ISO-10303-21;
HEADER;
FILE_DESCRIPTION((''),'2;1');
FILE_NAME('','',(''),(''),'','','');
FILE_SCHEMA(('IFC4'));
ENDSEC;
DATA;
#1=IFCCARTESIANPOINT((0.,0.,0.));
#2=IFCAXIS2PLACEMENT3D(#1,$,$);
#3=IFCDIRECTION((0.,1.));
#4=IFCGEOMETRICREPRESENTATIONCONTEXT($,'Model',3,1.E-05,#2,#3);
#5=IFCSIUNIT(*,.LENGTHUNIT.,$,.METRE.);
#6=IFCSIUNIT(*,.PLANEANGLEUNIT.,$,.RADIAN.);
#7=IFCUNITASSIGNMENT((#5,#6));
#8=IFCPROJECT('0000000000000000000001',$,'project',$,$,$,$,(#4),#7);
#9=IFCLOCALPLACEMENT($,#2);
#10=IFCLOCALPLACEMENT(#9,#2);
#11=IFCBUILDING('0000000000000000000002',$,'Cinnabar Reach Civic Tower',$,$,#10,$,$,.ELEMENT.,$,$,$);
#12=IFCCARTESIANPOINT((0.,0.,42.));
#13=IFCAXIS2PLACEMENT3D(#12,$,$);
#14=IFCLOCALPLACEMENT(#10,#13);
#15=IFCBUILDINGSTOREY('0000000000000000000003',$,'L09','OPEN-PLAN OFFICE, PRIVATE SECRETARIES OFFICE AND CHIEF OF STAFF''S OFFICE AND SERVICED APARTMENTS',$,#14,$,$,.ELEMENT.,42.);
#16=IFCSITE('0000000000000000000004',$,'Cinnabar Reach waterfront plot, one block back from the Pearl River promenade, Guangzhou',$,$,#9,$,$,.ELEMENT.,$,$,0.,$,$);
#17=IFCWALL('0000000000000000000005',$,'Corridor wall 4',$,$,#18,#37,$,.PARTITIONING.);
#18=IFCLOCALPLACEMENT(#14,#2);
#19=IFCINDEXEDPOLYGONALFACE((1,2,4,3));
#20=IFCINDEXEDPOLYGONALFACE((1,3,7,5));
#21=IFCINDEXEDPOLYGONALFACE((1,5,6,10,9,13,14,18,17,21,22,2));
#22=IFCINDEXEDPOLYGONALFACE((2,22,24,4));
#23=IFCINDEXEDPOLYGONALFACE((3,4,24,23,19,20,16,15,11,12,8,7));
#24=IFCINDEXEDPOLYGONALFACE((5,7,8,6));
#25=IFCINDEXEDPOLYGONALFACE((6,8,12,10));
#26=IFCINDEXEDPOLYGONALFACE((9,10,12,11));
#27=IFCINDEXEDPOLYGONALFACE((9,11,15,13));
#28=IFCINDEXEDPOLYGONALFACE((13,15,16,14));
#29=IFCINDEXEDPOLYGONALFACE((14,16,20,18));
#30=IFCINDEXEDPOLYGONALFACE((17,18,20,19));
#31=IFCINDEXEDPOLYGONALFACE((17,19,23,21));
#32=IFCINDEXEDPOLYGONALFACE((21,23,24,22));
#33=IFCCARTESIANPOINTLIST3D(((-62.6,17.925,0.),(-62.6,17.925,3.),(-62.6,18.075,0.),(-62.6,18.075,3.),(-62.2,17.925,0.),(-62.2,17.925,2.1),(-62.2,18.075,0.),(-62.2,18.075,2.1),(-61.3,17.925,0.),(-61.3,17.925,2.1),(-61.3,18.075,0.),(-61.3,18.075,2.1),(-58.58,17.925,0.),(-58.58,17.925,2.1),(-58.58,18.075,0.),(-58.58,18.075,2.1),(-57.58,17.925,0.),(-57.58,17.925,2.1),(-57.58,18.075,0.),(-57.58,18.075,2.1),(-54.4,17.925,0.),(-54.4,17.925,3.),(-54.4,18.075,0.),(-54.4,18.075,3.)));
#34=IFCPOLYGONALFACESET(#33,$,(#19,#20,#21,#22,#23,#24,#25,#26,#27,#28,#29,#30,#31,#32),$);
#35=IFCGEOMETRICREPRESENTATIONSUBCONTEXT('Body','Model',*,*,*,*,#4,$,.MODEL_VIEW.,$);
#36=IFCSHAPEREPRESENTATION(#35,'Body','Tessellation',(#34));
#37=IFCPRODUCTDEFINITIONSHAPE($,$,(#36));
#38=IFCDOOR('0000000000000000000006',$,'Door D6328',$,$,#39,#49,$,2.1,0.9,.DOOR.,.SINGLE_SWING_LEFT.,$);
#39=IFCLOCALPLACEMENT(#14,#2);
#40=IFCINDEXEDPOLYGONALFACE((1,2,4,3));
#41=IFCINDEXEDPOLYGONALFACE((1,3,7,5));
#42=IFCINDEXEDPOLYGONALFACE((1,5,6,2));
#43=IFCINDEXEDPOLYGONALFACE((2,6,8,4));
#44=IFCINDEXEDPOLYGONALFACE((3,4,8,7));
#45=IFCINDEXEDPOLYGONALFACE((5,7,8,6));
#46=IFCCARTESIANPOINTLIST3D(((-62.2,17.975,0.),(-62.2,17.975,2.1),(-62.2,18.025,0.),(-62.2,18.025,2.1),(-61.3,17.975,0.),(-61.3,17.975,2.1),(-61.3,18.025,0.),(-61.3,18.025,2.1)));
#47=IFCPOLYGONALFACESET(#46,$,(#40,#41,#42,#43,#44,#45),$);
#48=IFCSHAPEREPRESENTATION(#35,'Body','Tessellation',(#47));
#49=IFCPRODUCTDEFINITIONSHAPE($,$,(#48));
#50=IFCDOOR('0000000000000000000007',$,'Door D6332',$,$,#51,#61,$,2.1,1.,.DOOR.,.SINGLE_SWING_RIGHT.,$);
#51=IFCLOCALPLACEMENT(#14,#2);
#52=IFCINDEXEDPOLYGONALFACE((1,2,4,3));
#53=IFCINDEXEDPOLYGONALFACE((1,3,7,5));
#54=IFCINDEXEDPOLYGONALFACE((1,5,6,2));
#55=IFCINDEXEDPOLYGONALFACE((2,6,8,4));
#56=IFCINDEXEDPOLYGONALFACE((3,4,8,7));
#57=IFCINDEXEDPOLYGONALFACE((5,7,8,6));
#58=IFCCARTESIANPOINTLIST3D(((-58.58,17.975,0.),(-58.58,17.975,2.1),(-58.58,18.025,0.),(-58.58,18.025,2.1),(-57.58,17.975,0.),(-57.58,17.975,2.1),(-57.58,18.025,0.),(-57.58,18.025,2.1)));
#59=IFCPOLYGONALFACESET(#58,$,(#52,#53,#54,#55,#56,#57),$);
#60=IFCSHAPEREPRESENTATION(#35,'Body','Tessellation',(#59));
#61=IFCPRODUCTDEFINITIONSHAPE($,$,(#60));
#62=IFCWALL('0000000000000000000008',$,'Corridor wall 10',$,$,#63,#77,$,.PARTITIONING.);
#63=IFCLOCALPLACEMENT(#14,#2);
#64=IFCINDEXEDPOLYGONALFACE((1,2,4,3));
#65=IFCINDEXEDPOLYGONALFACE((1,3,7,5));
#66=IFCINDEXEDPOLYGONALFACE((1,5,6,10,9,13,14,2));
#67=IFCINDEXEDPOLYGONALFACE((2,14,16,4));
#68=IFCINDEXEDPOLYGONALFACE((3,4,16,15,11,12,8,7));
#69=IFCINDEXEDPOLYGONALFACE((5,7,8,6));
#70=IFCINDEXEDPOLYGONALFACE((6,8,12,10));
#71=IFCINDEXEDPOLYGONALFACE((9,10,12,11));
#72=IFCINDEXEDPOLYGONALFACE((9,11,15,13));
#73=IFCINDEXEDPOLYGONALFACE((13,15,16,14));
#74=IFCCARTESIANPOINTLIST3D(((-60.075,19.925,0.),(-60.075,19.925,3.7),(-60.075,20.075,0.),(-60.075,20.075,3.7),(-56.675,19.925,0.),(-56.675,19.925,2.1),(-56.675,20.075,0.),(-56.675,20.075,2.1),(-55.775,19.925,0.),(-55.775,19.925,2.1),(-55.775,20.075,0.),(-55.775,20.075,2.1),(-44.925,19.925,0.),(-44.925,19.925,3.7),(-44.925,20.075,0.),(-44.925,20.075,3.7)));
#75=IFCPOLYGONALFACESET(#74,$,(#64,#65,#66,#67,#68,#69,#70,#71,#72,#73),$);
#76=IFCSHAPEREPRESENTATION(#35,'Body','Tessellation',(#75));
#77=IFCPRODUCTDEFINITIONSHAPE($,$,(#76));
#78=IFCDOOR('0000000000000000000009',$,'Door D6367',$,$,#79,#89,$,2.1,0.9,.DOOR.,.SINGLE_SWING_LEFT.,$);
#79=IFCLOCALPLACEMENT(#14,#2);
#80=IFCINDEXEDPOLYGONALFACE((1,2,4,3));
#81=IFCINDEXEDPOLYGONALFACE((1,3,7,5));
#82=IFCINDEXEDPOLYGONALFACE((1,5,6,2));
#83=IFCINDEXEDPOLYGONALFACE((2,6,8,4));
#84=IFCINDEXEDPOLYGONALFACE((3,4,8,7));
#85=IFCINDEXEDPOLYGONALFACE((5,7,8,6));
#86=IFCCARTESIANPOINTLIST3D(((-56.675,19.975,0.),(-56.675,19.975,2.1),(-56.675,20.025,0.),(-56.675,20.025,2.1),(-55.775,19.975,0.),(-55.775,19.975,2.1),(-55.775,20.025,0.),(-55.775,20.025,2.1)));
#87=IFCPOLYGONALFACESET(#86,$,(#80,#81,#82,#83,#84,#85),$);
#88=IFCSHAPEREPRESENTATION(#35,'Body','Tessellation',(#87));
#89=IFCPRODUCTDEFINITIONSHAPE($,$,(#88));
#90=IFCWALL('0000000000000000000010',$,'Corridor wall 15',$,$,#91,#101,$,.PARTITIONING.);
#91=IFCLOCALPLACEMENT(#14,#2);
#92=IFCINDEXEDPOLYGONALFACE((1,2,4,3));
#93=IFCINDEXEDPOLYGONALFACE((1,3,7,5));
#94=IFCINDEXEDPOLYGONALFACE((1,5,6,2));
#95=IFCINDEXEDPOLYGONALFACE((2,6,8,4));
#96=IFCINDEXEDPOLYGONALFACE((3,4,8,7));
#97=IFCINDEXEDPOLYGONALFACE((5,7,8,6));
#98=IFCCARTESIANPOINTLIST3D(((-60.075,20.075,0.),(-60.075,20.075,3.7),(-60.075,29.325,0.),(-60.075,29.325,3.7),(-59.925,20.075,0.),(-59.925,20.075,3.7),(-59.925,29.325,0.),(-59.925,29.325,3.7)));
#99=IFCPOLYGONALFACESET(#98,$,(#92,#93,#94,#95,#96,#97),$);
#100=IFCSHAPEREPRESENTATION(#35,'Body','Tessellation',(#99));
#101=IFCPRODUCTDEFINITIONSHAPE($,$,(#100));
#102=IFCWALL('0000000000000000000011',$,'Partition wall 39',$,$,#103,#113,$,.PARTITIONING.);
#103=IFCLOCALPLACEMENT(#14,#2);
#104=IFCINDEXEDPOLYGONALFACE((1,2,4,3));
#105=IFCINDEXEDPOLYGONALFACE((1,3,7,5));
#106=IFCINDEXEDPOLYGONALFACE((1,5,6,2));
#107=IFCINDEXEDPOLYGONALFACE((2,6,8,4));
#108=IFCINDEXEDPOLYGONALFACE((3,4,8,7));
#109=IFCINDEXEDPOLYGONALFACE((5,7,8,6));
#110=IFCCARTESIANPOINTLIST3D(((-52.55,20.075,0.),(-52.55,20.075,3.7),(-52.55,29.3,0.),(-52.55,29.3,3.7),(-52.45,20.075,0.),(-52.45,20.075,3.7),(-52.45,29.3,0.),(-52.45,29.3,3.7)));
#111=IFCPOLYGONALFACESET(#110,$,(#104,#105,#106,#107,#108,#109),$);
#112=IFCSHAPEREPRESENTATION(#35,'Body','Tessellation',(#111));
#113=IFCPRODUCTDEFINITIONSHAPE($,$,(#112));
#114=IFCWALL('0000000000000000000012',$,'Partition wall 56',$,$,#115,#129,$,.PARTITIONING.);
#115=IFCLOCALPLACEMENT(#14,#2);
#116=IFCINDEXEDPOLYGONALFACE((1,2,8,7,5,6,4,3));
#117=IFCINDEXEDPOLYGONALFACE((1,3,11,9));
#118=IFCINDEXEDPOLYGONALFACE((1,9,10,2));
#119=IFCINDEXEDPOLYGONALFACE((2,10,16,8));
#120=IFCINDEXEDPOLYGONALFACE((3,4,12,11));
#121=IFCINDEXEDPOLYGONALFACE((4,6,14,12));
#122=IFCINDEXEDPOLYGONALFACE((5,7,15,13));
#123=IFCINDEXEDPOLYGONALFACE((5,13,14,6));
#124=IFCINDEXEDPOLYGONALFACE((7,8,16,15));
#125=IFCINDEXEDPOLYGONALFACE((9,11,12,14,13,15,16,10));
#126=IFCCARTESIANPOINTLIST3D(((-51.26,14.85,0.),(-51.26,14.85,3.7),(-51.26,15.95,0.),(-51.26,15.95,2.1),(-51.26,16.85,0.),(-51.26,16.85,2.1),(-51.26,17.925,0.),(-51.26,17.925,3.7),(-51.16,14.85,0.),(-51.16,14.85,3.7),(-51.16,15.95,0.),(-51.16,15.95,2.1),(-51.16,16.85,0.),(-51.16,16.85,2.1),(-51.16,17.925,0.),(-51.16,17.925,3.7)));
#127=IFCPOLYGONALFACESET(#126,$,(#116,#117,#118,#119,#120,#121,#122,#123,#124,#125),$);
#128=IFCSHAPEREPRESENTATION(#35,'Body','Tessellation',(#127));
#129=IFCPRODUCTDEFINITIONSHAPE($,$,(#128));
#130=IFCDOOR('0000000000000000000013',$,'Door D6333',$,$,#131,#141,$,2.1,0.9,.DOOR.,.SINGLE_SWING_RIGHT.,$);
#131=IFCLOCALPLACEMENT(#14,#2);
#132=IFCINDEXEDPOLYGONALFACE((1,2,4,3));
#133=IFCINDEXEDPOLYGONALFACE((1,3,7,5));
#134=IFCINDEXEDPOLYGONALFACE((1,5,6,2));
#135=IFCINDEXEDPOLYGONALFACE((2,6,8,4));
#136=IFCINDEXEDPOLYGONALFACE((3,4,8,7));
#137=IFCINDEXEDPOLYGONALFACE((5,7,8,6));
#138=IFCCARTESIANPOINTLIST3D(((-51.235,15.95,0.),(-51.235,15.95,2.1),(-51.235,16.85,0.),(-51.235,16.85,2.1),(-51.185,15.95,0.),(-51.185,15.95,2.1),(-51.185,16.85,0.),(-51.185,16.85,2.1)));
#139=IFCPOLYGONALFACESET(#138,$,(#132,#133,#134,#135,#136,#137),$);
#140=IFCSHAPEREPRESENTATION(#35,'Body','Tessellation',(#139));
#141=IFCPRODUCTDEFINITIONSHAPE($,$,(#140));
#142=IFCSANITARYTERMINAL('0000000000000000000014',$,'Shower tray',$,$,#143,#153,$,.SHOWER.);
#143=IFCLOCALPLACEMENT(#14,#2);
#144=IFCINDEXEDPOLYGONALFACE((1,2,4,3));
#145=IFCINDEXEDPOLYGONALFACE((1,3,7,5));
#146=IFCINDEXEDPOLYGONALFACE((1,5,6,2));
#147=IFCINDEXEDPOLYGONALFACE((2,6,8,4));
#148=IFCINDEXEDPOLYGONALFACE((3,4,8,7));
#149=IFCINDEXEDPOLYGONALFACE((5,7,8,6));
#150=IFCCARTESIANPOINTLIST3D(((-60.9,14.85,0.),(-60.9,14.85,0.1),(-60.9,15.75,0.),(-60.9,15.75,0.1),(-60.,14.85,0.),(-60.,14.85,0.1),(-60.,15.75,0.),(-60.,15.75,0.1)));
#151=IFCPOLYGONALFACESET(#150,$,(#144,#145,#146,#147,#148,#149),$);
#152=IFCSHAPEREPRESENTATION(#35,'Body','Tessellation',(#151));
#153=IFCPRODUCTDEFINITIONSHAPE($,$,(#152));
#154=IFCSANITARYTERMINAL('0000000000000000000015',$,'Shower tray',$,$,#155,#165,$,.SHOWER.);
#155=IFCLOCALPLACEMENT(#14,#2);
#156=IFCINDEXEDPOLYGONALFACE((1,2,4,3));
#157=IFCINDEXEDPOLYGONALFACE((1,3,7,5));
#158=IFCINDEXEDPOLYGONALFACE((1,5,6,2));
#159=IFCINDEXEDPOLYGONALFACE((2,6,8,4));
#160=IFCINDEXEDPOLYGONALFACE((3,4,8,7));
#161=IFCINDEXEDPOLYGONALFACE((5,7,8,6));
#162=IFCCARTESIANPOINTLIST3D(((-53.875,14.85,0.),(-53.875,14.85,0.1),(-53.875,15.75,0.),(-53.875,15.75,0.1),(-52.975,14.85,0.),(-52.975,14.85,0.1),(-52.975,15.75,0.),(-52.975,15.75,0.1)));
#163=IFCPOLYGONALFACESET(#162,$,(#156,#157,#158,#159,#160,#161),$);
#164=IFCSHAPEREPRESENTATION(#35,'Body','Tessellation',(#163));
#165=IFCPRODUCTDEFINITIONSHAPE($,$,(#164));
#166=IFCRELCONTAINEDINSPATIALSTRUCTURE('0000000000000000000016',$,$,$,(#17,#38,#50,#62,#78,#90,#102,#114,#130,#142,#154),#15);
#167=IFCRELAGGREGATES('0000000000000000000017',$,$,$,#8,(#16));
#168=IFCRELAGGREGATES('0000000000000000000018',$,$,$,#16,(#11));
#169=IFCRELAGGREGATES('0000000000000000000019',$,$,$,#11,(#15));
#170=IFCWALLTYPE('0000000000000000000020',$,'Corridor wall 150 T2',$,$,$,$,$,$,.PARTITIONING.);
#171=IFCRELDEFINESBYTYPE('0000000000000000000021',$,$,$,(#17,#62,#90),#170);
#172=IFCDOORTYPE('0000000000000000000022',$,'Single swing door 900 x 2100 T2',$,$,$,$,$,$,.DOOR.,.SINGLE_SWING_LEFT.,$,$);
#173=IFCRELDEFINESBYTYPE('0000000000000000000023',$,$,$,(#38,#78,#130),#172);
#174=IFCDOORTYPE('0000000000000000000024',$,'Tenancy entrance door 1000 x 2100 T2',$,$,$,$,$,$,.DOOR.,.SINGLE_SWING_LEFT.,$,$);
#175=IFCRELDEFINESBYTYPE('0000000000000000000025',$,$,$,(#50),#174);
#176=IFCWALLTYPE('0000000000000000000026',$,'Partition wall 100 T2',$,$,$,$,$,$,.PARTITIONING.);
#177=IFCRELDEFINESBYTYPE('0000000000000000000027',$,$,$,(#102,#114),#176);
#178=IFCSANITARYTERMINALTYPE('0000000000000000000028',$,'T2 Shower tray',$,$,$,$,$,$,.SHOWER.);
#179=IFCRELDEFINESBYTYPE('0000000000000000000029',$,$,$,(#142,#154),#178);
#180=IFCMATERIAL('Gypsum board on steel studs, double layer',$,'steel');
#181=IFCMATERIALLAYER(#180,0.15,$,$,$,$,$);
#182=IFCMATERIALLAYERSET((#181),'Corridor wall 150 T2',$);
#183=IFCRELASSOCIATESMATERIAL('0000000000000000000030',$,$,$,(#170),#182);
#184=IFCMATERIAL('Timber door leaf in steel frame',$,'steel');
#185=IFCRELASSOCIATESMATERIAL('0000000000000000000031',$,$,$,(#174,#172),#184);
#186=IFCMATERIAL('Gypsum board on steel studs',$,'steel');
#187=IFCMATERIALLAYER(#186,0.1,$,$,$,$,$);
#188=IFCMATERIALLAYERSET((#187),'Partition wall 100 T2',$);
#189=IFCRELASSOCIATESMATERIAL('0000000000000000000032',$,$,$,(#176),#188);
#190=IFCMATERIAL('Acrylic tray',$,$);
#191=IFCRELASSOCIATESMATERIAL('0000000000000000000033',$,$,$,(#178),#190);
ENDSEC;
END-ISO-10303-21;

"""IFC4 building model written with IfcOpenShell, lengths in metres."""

from ifc_helpers import new_model, si_unit, direction, frame, frame_2d, origin, origin_2d, place, context, subcontext, project, spatial, rectangle, extrude, material, layer, layer_set, type_object, element, fill, save


model = new_model("IFC4")

# Units and contexts
model_context = context("Model", 3, precision=1e-05, world=origin(), true_north=direction((0.0, 1.0)))
body_context = subcontext(model_context, "Body", "Model", "MODEL_VIEW")
ifc_project = project(units=[si_unit("LENGTHUNIT", "METRE"), si_unit("PLANEANGLEUNIT", "RADIAN")], contexts=[model_context])

# Site, building, storey
site_placement = place(None, origin())
site = spatial("IfcSite", under=ifc_project, at=site_placement, Name="Cinnabar Reach waterfront plot, one block back from the Pearl River promenade, Guangzhou", CompositionType="ELEMENT", RefElevation=0.0)
building_placement = place(site_placement, origin())
building = spatial("IfcBuilding", under=site, at=building_placement, Name="Cinnabar Reach Civic Tower", CompositionType="ELEMENT")
storey_placement = place(building_placement, frame((0.0, 0.0, 42.0)))
storey = spatial("IfcBuildingStorey", under=building, at=storey_placement, Name="L09", Description="OPEN-PLAN OFFICE, PRIVATE SECRETARIES OFFICE AND CHIEF OF STAFF'S OFFICE AND SERVICED APARTMENTS", CompositionType="ELEMENT", Elevation=42.0)

# Shared definitions
ifc_material_1 = material(Name="Gypsum board on steel studs, double layer", Category="steel")
ifc_layer_1 = layer(ifc_material_1, 0.15)
ifc_layer_set_1 = layer_set([ifc_layer_1], Name="Corridor wall 150 T2")
wall_type_1 = type_object("IfcWallType", Name="Corridor wall 150 T2", PredefinedType="PARTITIONING", material=ifc_layer_set_1)
ifc_material_2 = material(Name="Timber door leaf in steel frame", Category="steel")
door_type_1 = type_object("IfcDoorType", Name="Tenancy entrance door 1000 x 2100 T2", OperationType="SINGLE_SWING_LEFT", PredefinedType="DOOR", material=ifc_material_2)

# Wall, openings, doors
wall_1_placement = place(storey_placement, frame((-62.6, 18.0, 0.0), z_axis=(0.0, 0.0, 1.0), x_axis=(1.0, 0.0, 0.0)))
wall_1 = element("IfcWall", 1, at=wall_1_placement, inside=storey, type_object=wall_type_1, Name="Corridor wall 4", PredefinedType="PARTITIONING", context=body_context, shape_type="SweptSolid", body=[
    extrude(rectangle(XDim=8.2, YDim=0.15, at=frame_2d((4.1, 0.0))), origin(), (0.0, 0.0, 1.0), 3.0),
])
opening_1_placement = place(wall_1_placement, frame((0.4, 0.0, 0.0)))
opening_1 = element("IfcOpeningElement", 2, at=opening_1_placement, cuts=wall_1, PredefinedType="OPENING", context=body_context, shape_type="SweptSolid", body=[
    extrude(rectangle(XDim=0.9, YDim=2.1, at=frame_2d((0.45, 1.05))), frame((0.0, 0.085, 0.0), z_axis=(0.0, -1.0, 0.0), x_axis=(1.0, 0.0, 0.0)), (0.0, 0.0, 1.0), 0.17),
])
opening_2_placement = place(wall_1_placement, frame((4.02, 0.0, 0.0)))
opening_2 = element("IfcOpeningElement", 3, at=opening_2_placement, cuts=wall_1, PredefinedType="OPENING", context=body_context, shape_type="SweptSolid", body=[
    extrude(rectangle(XDim=1.0, YDim=2.1, at=frame_2d((0.5, 1.05))), frame((0.0, 0.085, 0.0), z_axis=(0.0, -1.0, 0.0), x_axis=(1.0, 0.0, 0.0)), (0.0, 0.0, 1.0), 0.17),
])
door_type_2 = type_object("IfcDoorType", Name="Single swing door 900 x 2100 T2", OperationType="SINGLE_SWING_LEFT", PredefinedType="DOOR", material=ifc_material_2)
door_1_placement = place(opening_1_placement, frame((0.9, 0.0, 0.0), z_axis=(0.0, 0.0, 1.0), x_axis=(-1.0, 0.0, 0.0)))
door_1 = element("IfcDoor", 4, at=door_1_placement, inside=storey, type_object=door_type_2, Name="Door D6328", OperationType="SINGLE_SWING_LEFT", OverallHeight=2.1, OverallWidth=0.9, PredefinedType="DOOR", context=body_context, shape_type="SweptSolid", body=[
    extrude(rectangle(XDim=0.9, YDim=2.1, at=frame_2d((0.45, 1.05))), frame((0.0, 0.025, 0.0), z_axis=(0.0, -1.0, 0.0), x_axis=(1.0, 0.0, 0.0)), (0.0, 0.0, 1.0), 0.05),
])
fill(opening_1, door_1)
door_2_placement = place(opening_2_placement, frame((1.0, 0.0, 0.0), z_axis=(0.0, 0.0, 1.0), x_axis=(-1.0, 0.0, 0.0)))
door_2 = element("IfcDoor", 5, at=door_2_placement, inside=storey, type_object=door_type_1, Name="Door D6332", OperationType="SINGLE_SWING_RIGHT", OverallHeight=2.1, OverallWidth=1.0, PredefinedType="DOOR", context=body_context, shape_type="SweptSolid", body=[
    extrude(rectangle(XDim=1.0, YDim=2.1, at=frame_2d((0.5, 1.05))), frame((0.0, 0.025, 0.0), z_axis=(0.0, -1.0, 0.0), x_axis=(1.0, 0.0, 0.0)), (0.0, 0.0, 1.0), 0.05),
])
fill(opening_2, door_2)

# Wall, opening, door
wall_2_placement = place(storey_placement, frame((-60.075, 20.0, 0.0), z_axis=(0.0, 0.0, 1.0), x_axis=(1.0, 0.0, 0.0)))
wall_2 = element("IfcWall", 6, at=wall_2_placement, inside=storey, type_object=wall_type_1, Name="Corridor wall 10", PredefinedType="PARTITIONING", context=body_context, shape_type="SweptSolid", body=[
    extrude(rectangle(XDim=15.15, YDim=0.15, at=frame_2d((7.575, 0.0))), origin(), (0.0, 0.0, 1.0), 3.7),
])
opening_3_placement = place(wall_2_placement, frame((3.4, 0.0, 0.0)))
opening_3 = element("IfcOpeningElement", 7, at=opening_3_placement, cuts=wall_2, PredefinedType="OPENING", context=body_context, shape_type="SweptSolid", body=[
    extrude(rectangle(XDim=0.9, YDim=2.1, at=frame_2d((0.45, 1.05))), frame((0.0, 0.085, 0.0), z_axis=(0.0, -1.0, 0.0), x_axis=(1.0, 0.0, 0.0)), (0.0, 0.0, 1.0), 0.17),
])
door_3_placement = place(opening_3_placement, origin())
door_3 = element("IfcDoor", 8, at=door_3_placement, inside=storey, type_object=door_type_2, Name="Door D6367", OperationType="SINGLE_SWING_LEFT", OverallHeight=2.1, OverallWidth=0.9, PredefinedType="DOOR", context=body_context, shape_type="SweptSolid", body=[
    extrude(rectangle(XDim=0.9, YDim=2.1, at=frame_2d((0.45, 1.05))), frame((0.0, 0.025, 0.0), z_axis=(0.0, -1.0, 0.0), x_axis=(1.0, 0.0, 0.0)), (0.0, 0.0, 1.0), 0.05),
])
fill(opening_3, door_3)

# Walls
wall_3_placement = place(storey_placement, frame((-60.0, 20.075, 0.0), z_axis=(0.0, 0.0, 1.0), x_axis=(0.0, 1.0, 0.0)))
element("IfcWall", 9, at=wall_3_placement, inside=storey, type_object=wall_type_1, Name="Corridor wall 15", PredefinedType="PARTITIONING", context=body_context, shape_type="SweptSolid", body=[
    extrude(rectangle(XDim=9.25, YDim=0.15, at=frame_2d((4.625, 0.0))), origin(), (0.0, 0.0, 1.0), 3.7),
])
ifc_material_3 = material(Name="Gypsum board on steel studs", Category="steel")
ifc_layer_2 = layer(ifc_material_3, 0.1)
ifc_layer_set_2 = layer_set([ifc_layer_2], Name="Partition wall 100 T2")
wall_type_2 = type_object("IfcWallType", Name="Partition wall 100 T2", PredefinedType="PARTITIONING", material=ifc_layer_set_2)
wall_4_placement = place(storey_placement, frame((-52.5, 20.075, 0.0), z_axis=(0.0, 0.0, 1.0), x_axis=(0.0, 1.0, 0.0)))
element("IfcWall", 10, at=wall_4_placement, inside=storey, type_object=wall_type_2, Name="Partition wall 39", PredefinedType="PARTITIONING", context=body_context, shape_type="SweptSolid", body=[
    extrude(rectangle(XDim=9.225, YDim=0.1, at=frame_2d((4.6125, 0.0))), origin(), (0.0, 0.0, 1.0), 3.7),
])

# Wall, opening, door
wall_5_placement = place(storey_placement, frame((-51.21, 14.85, 0.0), z_axis=(0.0, 0.0, 1.0), x_axis=(0.0, 1.0, 0.0)))
wall_5 = element("IfcWall", 11, at=wall_5_placement, inside=storey, type_object=wall_type_2, Name="Partition wall 56", PredefinedType="PARTITIONING", context=body_context, shape_type="SweptSolid", body=[
    extrude(rectangle(XDim=3.075, YDim=0.1, at=frame_2d((1.5375, 0.0))), origin(), (0.0, 0.0, 1.0), 3.7),
])
opening_4_placement = place(wall_5_placement, frame((1.1, 0.0, 0.0)))
opening_4 = element("IfcOpeningElement", 12, at=opening_4_placement, cuts=wall_5, PredefinedType="OPENING", context=body_context, shape_type="SweptSolid", body=[
    extrude(rectangle(XDim=0.9, YDim=2.1, at=frame_2d((0.45, 1.05))), frame((0.0, 0.06, 0.0), z_axis=(0.0, -1.0, 0.0), x_axis=(1.0, 0.0, 0.0)), (0.0, 0.0, 1.0), 0.12),
])
door_4_placement = place(opening_4_placement, origin())
door_4 = element("IfcDoor", 13, at=door_4_placement, inside=storey, type_object=door_type_2, Name="Door D6333", OperationType="SINGLE_SWING_RIGHT", OverallHeight=2.1, OverallWidth=0.9, PredefinedType="DOOR", context=body_context, shape_type="SweptSolid", body=[
    extrude(rectangle(XDim=0.9, YDim=2.1, at=frame_2d((0.45, 1.05))), frame((0.0, 0.025, 0.0), z_axis=(0.0, -1.0, 0.0), x_axis=(1.0, 0.0, 0.0)), (0.0, 0.0, 1.0), 0.05),
])
fill(opening_4, door_4)

# Sanitary terminals
ifc_material_4 = material(Name="Acrylic tray")
sanitary_terminal_type_1 = type_object("IfcSanitaryTerminalType", Name="T2 Shower tray", PredefinedType="SHOWER", material=ifc_material_4)
for number, where, z_axis, x_axis, name in (
    (14, (-60.45, 15.3, 0.0), (0.0, 0.0, 1.0), (1.0, 0.0, 0.0), "Shower tray"),
    (15, (-53.425, 15.3, 0.0), (0.0, 0.0, 1.0), (1.0, 0.0, 0.0), "Shower tray"),
):
    element("IfcSanitaryTerminal", number, at=place(storey_placement, frame(where, z_axis=z_axis, x_axis=x_axis)), inside=storey, type_object=sanitary_terminal_type_1, Name=name, PredefinedType="SHOWER", context=body_context, shape_type="SweptSolid", body=[
        extrude(rectangle(XDim=0.9, YDim=0.9, at=origin_2d()), origin(), (0.0, 0.0, 1.0), 0.1),
    ])

save(model, "model.ifc")
